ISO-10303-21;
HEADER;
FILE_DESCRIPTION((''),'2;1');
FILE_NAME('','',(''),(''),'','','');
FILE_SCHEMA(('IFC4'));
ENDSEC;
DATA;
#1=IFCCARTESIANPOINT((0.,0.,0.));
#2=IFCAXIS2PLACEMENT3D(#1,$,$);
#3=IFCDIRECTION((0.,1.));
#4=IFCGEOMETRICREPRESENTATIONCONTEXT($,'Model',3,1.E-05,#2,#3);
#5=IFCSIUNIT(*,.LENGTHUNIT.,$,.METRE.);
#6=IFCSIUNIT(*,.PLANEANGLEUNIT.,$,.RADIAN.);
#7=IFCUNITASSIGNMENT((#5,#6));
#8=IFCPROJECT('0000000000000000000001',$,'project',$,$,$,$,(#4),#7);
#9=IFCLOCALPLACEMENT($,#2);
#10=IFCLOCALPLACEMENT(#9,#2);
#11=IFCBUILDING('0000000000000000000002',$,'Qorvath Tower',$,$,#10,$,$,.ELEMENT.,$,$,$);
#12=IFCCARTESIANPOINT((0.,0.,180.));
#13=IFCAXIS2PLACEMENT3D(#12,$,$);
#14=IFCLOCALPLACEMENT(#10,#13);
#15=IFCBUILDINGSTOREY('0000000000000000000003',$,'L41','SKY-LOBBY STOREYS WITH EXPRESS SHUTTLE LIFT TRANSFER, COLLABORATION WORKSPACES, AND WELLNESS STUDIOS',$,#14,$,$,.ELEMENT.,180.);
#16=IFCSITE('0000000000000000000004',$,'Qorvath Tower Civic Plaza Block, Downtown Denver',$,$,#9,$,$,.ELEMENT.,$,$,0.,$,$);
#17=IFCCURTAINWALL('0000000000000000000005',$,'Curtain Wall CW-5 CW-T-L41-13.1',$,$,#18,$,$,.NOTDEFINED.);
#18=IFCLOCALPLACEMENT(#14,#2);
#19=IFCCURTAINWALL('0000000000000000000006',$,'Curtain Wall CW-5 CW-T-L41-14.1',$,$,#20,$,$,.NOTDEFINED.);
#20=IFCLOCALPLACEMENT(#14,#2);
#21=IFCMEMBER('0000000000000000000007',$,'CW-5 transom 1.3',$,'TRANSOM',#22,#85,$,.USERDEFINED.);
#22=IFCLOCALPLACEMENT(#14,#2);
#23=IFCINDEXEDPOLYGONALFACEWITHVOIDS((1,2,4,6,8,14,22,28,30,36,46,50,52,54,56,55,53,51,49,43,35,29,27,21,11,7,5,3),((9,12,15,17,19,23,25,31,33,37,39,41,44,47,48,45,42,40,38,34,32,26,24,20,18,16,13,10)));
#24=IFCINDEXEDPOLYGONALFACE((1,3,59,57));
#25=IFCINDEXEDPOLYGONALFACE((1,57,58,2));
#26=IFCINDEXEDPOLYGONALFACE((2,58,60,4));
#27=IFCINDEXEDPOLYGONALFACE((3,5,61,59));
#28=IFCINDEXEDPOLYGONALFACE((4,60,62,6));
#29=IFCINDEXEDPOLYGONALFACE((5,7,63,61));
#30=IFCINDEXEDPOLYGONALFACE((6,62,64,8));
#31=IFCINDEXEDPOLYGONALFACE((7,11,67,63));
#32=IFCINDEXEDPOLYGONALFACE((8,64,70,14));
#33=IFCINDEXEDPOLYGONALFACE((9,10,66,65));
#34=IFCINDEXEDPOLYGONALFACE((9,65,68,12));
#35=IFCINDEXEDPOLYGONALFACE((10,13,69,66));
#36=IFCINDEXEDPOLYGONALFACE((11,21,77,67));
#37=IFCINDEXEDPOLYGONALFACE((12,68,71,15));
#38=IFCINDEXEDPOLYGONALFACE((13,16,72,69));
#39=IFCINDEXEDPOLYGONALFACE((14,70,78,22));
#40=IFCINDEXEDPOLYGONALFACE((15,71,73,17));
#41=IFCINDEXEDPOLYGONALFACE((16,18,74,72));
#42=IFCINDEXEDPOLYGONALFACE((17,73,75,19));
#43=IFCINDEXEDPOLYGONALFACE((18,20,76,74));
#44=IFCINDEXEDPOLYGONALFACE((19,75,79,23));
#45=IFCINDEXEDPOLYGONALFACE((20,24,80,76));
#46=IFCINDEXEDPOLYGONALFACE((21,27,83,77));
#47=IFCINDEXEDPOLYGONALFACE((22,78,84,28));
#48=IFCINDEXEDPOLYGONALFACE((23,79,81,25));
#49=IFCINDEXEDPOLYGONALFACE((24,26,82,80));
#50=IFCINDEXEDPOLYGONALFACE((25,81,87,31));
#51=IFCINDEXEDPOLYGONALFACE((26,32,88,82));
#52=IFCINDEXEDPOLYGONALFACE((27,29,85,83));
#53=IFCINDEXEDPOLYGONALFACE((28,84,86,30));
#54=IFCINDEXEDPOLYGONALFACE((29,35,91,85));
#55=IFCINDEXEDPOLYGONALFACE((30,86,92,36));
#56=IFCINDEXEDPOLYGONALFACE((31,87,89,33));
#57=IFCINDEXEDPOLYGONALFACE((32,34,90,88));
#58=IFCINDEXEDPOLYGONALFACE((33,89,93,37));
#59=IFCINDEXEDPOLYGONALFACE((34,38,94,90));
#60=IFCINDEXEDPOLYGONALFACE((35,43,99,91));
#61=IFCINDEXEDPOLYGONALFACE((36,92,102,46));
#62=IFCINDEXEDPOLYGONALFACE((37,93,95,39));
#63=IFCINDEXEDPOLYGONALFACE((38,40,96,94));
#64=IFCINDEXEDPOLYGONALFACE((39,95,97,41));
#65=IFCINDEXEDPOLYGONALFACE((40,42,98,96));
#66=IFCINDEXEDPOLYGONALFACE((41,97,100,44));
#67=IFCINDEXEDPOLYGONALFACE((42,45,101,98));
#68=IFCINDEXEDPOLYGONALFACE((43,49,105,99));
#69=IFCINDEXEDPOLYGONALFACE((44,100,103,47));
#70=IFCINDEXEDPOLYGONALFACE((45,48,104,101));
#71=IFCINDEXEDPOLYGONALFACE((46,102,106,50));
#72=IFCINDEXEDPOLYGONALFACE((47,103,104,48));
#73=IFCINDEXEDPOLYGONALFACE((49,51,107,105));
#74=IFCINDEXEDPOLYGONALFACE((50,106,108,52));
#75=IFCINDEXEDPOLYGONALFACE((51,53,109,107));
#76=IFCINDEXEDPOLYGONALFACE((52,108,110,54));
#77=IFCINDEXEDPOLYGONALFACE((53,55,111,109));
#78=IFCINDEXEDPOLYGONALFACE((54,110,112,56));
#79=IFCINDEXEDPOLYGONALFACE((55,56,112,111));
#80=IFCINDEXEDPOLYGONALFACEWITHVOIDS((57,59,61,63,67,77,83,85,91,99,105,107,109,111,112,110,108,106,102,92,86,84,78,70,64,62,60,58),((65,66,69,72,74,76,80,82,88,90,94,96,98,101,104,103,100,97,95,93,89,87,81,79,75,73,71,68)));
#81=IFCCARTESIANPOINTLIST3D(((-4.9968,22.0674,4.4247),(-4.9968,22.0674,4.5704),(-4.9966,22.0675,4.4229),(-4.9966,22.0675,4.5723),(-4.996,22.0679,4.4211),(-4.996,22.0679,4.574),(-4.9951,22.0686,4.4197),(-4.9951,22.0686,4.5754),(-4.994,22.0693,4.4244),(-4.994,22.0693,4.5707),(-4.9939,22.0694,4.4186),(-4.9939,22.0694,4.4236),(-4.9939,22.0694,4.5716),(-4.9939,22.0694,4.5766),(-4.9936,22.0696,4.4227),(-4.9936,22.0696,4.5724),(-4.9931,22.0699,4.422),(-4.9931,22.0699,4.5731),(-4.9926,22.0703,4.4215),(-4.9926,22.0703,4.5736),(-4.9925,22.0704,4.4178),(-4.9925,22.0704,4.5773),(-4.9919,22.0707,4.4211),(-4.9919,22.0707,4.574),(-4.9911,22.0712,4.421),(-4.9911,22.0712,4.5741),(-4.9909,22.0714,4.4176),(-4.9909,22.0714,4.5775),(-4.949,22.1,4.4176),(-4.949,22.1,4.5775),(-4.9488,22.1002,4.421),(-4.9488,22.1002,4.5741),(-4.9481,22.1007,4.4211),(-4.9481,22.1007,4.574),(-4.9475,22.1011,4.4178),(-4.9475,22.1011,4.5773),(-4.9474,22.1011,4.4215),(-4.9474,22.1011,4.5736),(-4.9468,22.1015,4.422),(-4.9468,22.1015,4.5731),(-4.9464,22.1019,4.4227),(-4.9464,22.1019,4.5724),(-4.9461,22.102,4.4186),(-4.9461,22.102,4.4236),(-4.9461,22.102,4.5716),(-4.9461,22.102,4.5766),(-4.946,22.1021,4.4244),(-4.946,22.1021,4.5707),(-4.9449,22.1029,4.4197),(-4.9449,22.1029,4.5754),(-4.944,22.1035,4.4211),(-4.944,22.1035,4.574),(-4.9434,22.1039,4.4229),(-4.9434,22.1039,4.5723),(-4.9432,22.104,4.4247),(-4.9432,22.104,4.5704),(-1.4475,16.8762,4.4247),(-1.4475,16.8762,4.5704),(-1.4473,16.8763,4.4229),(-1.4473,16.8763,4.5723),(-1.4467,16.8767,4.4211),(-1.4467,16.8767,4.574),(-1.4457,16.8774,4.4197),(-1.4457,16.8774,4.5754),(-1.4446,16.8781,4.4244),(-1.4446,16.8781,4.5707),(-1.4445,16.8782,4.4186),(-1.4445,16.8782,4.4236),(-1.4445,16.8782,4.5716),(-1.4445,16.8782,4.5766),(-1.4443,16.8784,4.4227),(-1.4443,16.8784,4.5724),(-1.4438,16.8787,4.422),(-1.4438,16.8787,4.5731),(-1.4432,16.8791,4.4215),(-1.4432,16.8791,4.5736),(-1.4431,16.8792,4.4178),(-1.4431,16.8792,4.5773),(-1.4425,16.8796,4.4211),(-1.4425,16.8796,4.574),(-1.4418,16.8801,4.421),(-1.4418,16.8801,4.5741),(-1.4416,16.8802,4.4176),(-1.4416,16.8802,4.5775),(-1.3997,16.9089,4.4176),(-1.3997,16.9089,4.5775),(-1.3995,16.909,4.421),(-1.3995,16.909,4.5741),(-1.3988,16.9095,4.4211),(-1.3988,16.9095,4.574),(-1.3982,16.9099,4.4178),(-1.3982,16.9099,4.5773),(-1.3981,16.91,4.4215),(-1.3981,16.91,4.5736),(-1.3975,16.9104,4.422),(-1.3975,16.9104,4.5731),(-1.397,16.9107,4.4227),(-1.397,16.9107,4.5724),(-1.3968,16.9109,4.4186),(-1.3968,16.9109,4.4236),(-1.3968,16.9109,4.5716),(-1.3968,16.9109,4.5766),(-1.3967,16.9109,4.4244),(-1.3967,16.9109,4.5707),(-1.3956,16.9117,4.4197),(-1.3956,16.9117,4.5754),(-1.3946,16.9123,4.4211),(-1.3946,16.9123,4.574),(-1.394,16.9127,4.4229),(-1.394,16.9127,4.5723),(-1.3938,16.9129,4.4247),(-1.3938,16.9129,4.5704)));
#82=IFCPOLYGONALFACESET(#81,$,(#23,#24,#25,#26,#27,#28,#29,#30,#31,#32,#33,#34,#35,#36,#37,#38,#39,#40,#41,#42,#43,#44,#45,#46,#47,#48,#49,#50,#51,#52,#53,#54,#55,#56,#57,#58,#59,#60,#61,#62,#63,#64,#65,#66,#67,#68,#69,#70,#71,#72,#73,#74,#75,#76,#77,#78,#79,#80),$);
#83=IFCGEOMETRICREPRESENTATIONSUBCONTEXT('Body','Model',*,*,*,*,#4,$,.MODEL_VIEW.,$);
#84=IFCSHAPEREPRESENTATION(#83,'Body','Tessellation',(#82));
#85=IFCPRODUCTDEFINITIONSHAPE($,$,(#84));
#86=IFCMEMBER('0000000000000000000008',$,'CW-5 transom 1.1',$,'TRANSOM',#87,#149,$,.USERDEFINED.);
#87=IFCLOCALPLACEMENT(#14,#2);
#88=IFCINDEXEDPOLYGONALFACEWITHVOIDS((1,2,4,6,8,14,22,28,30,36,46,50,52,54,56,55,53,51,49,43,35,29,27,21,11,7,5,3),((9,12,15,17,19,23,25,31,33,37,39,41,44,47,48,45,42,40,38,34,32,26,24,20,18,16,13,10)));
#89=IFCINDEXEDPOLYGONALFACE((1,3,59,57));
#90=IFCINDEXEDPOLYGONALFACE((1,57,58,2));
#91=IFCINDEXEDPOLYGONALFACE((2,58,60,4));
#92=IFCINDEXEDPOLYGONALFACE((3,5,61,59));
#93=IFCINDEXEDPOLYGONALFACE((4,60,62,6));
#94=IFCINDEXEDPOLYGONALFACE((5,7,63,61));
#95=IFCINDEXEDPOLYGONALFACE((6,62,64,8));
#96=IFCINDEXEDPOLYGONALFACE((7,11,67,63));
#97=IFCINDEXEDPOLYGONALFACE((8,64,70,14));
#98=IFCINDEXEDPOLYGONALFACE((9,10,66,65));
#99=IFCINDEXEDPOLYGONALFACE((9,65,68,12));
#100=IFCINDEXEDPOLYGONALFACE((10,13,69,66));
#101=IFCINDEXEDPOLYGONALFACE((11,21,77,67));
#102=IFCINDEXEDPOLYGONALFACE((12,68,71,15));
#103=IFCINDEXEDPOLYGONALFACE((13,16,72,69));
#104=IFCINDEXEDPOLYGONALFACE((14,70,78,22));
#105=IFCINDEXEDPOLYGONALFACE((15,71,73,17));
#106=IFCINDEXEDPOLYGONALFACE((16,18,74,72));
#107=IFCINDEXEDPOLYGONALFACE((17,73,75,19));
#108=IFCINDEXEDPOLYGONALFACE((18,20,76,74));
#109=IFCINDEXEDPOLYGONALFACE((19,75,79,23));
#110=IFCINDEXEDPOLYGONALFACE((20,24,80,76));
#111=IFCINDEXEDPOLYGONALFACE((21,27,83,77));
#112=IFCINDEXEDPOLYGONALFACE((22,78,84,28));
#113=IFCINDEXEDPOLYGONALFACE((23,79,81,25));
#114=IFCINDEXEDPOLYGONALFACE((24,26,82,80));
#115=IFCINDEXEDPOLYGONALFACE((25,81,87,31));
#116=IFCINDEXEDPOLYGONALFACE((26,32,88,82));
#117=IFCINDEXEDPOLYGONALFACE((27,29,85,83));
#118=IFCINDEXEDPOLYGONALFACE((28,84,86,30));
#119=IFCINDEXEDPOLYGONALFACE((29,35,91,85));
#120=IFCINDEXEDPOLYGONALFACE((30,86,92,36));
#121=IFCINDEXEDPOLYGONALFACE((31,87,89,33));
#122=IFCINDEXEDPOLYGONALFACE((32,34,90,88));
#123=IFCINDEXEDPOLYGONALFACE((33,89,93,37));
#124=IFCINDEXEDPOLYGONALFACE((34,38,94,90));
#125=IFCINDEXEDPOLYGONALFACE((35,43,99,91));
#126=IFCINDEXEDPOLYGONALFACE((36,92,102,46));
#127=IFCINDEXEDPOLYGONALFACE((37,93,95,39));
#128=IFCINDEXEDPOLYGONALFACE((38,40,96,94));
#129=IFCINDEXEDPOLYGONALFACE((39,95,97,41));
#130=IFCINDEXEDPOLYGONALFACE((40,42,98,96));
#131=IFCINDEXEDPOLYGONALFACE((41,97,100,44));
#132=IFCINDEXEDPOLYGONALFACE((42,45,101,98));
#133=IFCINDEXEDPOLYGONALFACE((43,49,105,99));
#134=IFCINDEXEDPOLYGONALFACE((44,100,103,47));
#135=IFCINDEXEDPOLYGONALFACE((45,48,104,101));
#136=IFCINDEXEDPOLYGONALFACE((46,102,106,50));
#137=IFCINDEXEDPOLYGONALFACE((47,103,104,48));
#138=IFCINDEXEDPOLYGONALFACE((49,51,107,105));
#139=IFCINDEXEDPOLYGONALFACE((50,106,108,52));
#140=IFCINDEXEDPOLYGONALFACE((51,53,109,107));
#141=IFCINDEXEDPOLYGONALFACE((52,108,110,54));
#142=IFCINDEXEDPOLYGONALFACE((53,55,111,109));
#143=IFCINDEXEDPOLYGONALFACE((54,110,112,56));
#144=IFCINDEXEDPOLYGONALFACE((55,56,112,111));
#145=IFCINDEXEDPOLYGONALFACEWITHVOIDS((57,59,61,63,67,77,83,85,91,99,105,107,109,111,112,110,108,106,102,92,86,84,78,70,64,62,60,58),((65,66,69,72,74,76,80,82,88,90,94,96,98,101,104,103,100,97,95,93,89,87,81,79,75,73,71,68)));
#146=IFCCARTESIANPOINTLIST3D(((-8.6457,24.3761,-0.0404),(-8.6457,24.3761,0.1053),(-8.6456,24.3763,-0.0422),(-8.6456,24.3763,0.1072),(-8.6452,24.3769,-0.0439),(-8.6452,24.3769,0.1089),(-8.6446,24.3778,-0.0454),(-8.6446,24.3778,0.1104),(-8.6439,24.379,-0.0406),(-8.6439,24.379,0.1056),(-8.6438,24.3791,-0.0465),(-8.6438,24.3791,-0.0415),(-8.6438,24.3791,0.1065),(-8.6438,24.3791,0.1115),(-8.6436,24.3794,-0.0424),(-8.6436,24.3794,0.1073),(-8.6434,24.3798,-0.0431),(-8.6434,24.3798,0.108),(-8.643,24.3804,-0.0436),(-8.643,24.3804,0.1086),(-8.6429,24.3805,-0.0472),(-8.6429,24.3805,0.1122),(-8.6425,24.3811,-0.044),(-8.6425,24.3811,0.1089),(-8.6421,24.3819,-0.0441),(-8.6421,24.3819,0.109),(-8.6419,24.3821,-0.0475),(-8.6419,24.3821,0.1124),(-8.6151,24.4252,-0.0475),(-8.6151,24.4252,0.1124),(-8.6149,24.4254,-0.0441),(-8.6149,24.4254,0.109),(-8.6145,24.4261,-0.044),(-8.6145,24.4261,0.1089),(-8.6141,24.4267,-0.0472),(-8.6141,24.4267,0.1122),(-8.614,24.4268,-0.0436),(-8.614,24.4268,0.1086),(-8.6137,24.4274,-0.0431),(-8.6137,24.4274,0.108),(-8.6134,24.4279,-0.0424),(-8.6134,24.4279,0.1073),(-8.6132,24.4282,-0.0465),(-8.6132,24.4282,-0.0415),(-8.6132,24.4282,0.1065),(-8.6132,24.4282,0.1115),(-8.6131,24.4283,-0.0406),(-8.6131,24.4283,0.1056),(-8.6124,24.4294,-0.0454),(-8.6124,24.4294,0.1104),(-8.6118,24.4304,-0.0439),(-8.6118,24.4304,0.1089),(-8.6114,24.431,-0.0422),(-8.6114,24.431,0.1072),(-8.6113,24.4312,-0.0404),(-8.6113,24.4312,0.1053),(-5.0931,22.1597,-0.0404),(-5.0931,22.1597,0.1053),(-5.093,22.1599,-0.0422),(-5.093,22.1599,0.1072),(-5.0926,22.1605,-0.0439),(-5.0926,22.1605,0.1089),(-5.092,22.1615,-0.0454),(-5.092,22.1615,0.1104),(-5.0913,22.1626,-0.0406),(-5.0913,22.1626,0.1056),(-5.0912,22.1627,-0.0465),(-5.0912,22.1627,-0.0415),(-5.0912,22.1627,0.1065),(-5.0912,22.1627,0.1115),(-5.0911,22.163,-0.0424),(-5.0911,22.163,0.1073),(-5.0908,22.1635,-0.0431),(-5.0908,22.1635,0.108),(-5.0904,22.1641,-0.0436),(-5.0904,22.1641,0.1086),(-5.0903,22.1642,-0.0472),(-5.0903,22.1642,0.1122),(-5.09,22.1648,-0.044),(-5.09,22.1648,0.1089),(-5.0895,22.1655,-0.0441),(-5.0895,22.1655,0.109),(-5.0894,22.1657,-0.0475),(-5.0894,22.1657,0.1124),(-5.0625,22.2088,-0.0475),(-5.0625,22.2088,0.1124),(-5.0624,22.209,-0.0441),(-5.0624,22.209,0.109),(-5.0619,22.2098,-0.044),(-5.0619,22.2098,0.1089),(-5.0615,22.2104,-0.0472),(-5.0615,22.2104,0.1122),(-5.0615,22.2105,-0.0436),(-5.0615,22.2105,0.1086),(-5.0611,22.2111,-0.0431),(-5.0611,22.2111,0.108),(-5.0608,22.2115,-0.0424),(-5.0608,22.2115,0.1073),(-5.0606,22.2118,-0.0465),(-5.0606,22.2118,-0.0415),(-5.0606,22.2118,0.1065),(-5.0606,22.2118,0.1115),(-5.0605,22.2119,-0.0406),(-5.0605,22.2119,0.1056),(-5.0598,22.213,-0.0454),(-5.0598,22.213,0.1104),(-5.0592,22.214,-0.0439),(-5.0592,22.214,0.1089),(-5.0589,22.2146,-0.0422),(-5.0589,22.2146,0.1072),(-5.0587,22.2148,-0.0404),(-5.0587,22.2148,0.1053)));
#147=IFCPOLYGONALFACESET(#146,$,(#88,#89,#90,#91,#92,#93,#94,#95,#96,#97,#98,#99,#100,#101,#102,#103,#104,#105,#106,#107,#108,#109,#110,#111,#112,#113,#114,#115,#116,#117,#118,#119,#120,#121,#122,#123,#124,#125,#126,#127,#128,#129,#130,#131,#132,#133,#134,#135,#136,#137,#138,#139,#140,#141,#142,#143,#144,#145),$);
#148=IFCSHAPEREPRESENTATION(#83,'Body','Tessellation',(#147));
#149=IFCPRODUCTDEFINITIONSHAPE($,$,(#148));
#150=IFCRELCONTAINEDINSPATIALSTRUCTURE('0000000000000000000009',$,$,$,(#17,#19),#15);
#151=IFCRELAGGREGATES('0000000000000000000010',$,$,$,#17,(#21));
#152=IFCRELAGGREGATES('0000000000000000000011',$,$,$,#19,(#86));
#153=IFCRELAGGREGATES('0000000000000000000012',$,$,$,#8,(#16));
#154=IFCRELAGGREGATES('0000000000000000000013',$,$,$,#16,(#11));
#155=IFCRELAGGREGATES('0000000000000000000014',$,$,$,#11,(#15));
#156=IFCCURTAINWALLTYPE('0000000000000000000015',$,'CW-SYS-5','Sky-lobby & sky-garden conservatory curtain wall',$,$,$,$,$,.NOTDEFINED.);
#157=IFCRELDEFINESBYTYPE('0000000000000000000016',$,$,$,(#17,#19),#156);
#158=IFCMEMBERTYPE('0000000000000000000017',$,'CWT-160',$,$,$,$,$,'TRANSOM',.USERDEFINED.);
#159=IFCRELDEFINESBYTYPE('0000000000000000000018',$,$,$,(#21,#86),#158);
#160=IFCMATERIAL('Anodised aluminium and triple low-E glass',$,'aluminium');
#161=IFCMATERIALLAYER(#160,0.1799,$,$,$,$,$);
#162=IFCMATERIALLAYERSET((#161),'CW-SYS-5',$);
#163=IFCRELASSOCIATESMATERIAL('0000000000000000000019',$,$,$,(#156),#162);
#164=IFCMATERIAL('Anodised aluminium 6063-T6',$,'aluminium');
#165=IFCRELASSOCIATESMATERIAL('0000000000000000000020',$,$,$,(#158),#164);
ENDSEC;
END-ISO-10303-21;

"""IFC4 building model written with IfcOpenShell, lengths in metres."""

from ifc_helpers import new_model, si_unit, direction, frame, origin, origin_2d, place, context, subcontext, project, spatial, hollow_rectangle, extrude, material, layer, layer_set, material_profile, profile_set, type_object, element, aggregate, save


model = new_model("IFC4")

# Units and contexts
model_context = context("Model", 3, precision=1e-05, world=origin(), true_north=direction((0.0, 1.0)))
body_context = subcontext(model_context, "Body", "Model", "MODEL_VIEW")
ifc_project = project(units=[si_unit("LENGTHUNIT", "METRE"), si_unit("PLANEANGLEUNIT", "RADIAN")], contexts=[model_context])

# Site, building, storey
site_placement = place(None, origin())
site = spatial("IfcSite", under=ifc_project, at=site_placement, Name="Qorvath Tower Civic Plaza Block, Downtown Denver", CompositionType="ELEMENT", RefElevation=0.0)
building_placement = place(site_placement, origin())
building = spatial("IfcBuilding", under=site, at=building_placement, Name="Qorvath Tower", CompositionType="ELEMENT")
storey_placement = place(building_placement, frame((0.0, 0.0, 180.0)))
storey = spatial("IfcBuildingStorey", under=building, at=storey_placement, Name="L41", Description="SKY-LOBBY STOREYS WITH EXPRESS SHUTTLE LIFT TRANSFER, COLLABORATION WORKSPACES, AND WELLNESS STUDIOS", CompositionType="ELEMENT", Elevation=180.0)

# Shared definitions
ifc_material_1 = material(Name="Anodised aluminium and triple low-E glass", Category="aluminium")
ifc_layer_1 = layer(ifc_material_1, 0.1799)
ifc_layer_set_1 = layer_set([ifc_layer_1], Name="CW-SYS-5")
curtain_wall_type = type_object("IfcCurtainWallType", Name="CW-SYS-5", Description="Sky-lobby & sky-garden conservatory curtain wall", PredefinedType="NOTDEFINED", material=ifc_layer_set_1)

# Curtain walls
curtain_wall_1_placement = place(storey_placement, origin())
curtain_wall_1 = element("IfcCurtainWall", 1, at=curtain_wall_1_placement, inside=storey, type_object=curtain_wall_type, Name="Curtain Wall CW-5 CW-T-L41-13.1", PredefinedType="NOTDEFINED")
curtain_wall_2_placement = place(storey_placement, origin())
curtain_wall_2 = element("IfcCurtainWall", 2, at=curtain_wall_2_placement, inside=storey, type_object=curtain_wall_type, Name="Curtain Wall CW-5 CW-T-L41-14.1", PredefinedType="NOTDEFINED")

# Members
ifc_material_2 = material(Name="Anodised aluminium 6063-T6", Category="aluminium")
ifc_material_profile_1 = material_profile(ifc_material_2, hollow_rectangle(XDim=0.0649, YDim=0.1599, WallThickness=0.0034, InnerFilletRadius=0.0034, OuterFilletRadius=0.0071, at=origin_2d()), Name="CWT 160x65")
ifc_profile_set_1 = profile_set([ifc_material_profile_1], Name="Anodised aluminium 6063-T6")
member_type_1 = type_object("IfcMemberType", Name="CWT-160", ElementType="TRANSOM", PredefinedType="USERDEFINED", material=ifc_profile_set_1)
member_1_placement = place(storey_placement, frame((-1.4207, 16.8945, 4.4976), z_axis=(-0.56441, 0.825495, 0.0), x_axis=(-0.825495, -0.56441, 0.0)))
member_1 = element("IfcMember", 3, at=member_1_placement, type_object=member_type_1, Name="CW-5 transom 1.3", ObjectType="TRANSOM", PredefinedType="USERDEFINED", context=body_context, shape_type="SweptSolid", body=[
    extrude(hollow_rectangle(XDim=0.0649, YDim=0.1599, WallThickness=0.0034, InnerFilletRadius=0.0034, OuterFilletRadius=0.0071, at=origin_2d()), origin(), (0.0, 0.0, 1.0), 6.2886),
])
member_2_placement = place(storey_placement, frame((-5.0759, 22.1873, 0.0325), z_axis=(-0.848427, 0.529312, 0.0), x_axis=(-0.529312, -0.848427, 0.0)))
member_2 = element("IfcMember", 4, at=member_2_placement, type_object=member_type_1, Name="CW-5 transom 1.1", ObjectType="TRANSOM", PredefinedType="USERDEFINED", context=body_context, shape_type="SweptSolid", body=[
    extrude(hollow_rectangle(XDim=0.0649, YDim=0.1599, WallThickness=0.0034, InnerFilletRadius=0.0034, OuterFilletRadius=0.0071, at=origin_2d()), origin(), (0.0, 0.0, 1.0), 4.1873),
])

aggregate(curtain_wall_1, [member_1])
aggregate(curtain_wall_2, [member_2])

save(model, "model.ifc")
